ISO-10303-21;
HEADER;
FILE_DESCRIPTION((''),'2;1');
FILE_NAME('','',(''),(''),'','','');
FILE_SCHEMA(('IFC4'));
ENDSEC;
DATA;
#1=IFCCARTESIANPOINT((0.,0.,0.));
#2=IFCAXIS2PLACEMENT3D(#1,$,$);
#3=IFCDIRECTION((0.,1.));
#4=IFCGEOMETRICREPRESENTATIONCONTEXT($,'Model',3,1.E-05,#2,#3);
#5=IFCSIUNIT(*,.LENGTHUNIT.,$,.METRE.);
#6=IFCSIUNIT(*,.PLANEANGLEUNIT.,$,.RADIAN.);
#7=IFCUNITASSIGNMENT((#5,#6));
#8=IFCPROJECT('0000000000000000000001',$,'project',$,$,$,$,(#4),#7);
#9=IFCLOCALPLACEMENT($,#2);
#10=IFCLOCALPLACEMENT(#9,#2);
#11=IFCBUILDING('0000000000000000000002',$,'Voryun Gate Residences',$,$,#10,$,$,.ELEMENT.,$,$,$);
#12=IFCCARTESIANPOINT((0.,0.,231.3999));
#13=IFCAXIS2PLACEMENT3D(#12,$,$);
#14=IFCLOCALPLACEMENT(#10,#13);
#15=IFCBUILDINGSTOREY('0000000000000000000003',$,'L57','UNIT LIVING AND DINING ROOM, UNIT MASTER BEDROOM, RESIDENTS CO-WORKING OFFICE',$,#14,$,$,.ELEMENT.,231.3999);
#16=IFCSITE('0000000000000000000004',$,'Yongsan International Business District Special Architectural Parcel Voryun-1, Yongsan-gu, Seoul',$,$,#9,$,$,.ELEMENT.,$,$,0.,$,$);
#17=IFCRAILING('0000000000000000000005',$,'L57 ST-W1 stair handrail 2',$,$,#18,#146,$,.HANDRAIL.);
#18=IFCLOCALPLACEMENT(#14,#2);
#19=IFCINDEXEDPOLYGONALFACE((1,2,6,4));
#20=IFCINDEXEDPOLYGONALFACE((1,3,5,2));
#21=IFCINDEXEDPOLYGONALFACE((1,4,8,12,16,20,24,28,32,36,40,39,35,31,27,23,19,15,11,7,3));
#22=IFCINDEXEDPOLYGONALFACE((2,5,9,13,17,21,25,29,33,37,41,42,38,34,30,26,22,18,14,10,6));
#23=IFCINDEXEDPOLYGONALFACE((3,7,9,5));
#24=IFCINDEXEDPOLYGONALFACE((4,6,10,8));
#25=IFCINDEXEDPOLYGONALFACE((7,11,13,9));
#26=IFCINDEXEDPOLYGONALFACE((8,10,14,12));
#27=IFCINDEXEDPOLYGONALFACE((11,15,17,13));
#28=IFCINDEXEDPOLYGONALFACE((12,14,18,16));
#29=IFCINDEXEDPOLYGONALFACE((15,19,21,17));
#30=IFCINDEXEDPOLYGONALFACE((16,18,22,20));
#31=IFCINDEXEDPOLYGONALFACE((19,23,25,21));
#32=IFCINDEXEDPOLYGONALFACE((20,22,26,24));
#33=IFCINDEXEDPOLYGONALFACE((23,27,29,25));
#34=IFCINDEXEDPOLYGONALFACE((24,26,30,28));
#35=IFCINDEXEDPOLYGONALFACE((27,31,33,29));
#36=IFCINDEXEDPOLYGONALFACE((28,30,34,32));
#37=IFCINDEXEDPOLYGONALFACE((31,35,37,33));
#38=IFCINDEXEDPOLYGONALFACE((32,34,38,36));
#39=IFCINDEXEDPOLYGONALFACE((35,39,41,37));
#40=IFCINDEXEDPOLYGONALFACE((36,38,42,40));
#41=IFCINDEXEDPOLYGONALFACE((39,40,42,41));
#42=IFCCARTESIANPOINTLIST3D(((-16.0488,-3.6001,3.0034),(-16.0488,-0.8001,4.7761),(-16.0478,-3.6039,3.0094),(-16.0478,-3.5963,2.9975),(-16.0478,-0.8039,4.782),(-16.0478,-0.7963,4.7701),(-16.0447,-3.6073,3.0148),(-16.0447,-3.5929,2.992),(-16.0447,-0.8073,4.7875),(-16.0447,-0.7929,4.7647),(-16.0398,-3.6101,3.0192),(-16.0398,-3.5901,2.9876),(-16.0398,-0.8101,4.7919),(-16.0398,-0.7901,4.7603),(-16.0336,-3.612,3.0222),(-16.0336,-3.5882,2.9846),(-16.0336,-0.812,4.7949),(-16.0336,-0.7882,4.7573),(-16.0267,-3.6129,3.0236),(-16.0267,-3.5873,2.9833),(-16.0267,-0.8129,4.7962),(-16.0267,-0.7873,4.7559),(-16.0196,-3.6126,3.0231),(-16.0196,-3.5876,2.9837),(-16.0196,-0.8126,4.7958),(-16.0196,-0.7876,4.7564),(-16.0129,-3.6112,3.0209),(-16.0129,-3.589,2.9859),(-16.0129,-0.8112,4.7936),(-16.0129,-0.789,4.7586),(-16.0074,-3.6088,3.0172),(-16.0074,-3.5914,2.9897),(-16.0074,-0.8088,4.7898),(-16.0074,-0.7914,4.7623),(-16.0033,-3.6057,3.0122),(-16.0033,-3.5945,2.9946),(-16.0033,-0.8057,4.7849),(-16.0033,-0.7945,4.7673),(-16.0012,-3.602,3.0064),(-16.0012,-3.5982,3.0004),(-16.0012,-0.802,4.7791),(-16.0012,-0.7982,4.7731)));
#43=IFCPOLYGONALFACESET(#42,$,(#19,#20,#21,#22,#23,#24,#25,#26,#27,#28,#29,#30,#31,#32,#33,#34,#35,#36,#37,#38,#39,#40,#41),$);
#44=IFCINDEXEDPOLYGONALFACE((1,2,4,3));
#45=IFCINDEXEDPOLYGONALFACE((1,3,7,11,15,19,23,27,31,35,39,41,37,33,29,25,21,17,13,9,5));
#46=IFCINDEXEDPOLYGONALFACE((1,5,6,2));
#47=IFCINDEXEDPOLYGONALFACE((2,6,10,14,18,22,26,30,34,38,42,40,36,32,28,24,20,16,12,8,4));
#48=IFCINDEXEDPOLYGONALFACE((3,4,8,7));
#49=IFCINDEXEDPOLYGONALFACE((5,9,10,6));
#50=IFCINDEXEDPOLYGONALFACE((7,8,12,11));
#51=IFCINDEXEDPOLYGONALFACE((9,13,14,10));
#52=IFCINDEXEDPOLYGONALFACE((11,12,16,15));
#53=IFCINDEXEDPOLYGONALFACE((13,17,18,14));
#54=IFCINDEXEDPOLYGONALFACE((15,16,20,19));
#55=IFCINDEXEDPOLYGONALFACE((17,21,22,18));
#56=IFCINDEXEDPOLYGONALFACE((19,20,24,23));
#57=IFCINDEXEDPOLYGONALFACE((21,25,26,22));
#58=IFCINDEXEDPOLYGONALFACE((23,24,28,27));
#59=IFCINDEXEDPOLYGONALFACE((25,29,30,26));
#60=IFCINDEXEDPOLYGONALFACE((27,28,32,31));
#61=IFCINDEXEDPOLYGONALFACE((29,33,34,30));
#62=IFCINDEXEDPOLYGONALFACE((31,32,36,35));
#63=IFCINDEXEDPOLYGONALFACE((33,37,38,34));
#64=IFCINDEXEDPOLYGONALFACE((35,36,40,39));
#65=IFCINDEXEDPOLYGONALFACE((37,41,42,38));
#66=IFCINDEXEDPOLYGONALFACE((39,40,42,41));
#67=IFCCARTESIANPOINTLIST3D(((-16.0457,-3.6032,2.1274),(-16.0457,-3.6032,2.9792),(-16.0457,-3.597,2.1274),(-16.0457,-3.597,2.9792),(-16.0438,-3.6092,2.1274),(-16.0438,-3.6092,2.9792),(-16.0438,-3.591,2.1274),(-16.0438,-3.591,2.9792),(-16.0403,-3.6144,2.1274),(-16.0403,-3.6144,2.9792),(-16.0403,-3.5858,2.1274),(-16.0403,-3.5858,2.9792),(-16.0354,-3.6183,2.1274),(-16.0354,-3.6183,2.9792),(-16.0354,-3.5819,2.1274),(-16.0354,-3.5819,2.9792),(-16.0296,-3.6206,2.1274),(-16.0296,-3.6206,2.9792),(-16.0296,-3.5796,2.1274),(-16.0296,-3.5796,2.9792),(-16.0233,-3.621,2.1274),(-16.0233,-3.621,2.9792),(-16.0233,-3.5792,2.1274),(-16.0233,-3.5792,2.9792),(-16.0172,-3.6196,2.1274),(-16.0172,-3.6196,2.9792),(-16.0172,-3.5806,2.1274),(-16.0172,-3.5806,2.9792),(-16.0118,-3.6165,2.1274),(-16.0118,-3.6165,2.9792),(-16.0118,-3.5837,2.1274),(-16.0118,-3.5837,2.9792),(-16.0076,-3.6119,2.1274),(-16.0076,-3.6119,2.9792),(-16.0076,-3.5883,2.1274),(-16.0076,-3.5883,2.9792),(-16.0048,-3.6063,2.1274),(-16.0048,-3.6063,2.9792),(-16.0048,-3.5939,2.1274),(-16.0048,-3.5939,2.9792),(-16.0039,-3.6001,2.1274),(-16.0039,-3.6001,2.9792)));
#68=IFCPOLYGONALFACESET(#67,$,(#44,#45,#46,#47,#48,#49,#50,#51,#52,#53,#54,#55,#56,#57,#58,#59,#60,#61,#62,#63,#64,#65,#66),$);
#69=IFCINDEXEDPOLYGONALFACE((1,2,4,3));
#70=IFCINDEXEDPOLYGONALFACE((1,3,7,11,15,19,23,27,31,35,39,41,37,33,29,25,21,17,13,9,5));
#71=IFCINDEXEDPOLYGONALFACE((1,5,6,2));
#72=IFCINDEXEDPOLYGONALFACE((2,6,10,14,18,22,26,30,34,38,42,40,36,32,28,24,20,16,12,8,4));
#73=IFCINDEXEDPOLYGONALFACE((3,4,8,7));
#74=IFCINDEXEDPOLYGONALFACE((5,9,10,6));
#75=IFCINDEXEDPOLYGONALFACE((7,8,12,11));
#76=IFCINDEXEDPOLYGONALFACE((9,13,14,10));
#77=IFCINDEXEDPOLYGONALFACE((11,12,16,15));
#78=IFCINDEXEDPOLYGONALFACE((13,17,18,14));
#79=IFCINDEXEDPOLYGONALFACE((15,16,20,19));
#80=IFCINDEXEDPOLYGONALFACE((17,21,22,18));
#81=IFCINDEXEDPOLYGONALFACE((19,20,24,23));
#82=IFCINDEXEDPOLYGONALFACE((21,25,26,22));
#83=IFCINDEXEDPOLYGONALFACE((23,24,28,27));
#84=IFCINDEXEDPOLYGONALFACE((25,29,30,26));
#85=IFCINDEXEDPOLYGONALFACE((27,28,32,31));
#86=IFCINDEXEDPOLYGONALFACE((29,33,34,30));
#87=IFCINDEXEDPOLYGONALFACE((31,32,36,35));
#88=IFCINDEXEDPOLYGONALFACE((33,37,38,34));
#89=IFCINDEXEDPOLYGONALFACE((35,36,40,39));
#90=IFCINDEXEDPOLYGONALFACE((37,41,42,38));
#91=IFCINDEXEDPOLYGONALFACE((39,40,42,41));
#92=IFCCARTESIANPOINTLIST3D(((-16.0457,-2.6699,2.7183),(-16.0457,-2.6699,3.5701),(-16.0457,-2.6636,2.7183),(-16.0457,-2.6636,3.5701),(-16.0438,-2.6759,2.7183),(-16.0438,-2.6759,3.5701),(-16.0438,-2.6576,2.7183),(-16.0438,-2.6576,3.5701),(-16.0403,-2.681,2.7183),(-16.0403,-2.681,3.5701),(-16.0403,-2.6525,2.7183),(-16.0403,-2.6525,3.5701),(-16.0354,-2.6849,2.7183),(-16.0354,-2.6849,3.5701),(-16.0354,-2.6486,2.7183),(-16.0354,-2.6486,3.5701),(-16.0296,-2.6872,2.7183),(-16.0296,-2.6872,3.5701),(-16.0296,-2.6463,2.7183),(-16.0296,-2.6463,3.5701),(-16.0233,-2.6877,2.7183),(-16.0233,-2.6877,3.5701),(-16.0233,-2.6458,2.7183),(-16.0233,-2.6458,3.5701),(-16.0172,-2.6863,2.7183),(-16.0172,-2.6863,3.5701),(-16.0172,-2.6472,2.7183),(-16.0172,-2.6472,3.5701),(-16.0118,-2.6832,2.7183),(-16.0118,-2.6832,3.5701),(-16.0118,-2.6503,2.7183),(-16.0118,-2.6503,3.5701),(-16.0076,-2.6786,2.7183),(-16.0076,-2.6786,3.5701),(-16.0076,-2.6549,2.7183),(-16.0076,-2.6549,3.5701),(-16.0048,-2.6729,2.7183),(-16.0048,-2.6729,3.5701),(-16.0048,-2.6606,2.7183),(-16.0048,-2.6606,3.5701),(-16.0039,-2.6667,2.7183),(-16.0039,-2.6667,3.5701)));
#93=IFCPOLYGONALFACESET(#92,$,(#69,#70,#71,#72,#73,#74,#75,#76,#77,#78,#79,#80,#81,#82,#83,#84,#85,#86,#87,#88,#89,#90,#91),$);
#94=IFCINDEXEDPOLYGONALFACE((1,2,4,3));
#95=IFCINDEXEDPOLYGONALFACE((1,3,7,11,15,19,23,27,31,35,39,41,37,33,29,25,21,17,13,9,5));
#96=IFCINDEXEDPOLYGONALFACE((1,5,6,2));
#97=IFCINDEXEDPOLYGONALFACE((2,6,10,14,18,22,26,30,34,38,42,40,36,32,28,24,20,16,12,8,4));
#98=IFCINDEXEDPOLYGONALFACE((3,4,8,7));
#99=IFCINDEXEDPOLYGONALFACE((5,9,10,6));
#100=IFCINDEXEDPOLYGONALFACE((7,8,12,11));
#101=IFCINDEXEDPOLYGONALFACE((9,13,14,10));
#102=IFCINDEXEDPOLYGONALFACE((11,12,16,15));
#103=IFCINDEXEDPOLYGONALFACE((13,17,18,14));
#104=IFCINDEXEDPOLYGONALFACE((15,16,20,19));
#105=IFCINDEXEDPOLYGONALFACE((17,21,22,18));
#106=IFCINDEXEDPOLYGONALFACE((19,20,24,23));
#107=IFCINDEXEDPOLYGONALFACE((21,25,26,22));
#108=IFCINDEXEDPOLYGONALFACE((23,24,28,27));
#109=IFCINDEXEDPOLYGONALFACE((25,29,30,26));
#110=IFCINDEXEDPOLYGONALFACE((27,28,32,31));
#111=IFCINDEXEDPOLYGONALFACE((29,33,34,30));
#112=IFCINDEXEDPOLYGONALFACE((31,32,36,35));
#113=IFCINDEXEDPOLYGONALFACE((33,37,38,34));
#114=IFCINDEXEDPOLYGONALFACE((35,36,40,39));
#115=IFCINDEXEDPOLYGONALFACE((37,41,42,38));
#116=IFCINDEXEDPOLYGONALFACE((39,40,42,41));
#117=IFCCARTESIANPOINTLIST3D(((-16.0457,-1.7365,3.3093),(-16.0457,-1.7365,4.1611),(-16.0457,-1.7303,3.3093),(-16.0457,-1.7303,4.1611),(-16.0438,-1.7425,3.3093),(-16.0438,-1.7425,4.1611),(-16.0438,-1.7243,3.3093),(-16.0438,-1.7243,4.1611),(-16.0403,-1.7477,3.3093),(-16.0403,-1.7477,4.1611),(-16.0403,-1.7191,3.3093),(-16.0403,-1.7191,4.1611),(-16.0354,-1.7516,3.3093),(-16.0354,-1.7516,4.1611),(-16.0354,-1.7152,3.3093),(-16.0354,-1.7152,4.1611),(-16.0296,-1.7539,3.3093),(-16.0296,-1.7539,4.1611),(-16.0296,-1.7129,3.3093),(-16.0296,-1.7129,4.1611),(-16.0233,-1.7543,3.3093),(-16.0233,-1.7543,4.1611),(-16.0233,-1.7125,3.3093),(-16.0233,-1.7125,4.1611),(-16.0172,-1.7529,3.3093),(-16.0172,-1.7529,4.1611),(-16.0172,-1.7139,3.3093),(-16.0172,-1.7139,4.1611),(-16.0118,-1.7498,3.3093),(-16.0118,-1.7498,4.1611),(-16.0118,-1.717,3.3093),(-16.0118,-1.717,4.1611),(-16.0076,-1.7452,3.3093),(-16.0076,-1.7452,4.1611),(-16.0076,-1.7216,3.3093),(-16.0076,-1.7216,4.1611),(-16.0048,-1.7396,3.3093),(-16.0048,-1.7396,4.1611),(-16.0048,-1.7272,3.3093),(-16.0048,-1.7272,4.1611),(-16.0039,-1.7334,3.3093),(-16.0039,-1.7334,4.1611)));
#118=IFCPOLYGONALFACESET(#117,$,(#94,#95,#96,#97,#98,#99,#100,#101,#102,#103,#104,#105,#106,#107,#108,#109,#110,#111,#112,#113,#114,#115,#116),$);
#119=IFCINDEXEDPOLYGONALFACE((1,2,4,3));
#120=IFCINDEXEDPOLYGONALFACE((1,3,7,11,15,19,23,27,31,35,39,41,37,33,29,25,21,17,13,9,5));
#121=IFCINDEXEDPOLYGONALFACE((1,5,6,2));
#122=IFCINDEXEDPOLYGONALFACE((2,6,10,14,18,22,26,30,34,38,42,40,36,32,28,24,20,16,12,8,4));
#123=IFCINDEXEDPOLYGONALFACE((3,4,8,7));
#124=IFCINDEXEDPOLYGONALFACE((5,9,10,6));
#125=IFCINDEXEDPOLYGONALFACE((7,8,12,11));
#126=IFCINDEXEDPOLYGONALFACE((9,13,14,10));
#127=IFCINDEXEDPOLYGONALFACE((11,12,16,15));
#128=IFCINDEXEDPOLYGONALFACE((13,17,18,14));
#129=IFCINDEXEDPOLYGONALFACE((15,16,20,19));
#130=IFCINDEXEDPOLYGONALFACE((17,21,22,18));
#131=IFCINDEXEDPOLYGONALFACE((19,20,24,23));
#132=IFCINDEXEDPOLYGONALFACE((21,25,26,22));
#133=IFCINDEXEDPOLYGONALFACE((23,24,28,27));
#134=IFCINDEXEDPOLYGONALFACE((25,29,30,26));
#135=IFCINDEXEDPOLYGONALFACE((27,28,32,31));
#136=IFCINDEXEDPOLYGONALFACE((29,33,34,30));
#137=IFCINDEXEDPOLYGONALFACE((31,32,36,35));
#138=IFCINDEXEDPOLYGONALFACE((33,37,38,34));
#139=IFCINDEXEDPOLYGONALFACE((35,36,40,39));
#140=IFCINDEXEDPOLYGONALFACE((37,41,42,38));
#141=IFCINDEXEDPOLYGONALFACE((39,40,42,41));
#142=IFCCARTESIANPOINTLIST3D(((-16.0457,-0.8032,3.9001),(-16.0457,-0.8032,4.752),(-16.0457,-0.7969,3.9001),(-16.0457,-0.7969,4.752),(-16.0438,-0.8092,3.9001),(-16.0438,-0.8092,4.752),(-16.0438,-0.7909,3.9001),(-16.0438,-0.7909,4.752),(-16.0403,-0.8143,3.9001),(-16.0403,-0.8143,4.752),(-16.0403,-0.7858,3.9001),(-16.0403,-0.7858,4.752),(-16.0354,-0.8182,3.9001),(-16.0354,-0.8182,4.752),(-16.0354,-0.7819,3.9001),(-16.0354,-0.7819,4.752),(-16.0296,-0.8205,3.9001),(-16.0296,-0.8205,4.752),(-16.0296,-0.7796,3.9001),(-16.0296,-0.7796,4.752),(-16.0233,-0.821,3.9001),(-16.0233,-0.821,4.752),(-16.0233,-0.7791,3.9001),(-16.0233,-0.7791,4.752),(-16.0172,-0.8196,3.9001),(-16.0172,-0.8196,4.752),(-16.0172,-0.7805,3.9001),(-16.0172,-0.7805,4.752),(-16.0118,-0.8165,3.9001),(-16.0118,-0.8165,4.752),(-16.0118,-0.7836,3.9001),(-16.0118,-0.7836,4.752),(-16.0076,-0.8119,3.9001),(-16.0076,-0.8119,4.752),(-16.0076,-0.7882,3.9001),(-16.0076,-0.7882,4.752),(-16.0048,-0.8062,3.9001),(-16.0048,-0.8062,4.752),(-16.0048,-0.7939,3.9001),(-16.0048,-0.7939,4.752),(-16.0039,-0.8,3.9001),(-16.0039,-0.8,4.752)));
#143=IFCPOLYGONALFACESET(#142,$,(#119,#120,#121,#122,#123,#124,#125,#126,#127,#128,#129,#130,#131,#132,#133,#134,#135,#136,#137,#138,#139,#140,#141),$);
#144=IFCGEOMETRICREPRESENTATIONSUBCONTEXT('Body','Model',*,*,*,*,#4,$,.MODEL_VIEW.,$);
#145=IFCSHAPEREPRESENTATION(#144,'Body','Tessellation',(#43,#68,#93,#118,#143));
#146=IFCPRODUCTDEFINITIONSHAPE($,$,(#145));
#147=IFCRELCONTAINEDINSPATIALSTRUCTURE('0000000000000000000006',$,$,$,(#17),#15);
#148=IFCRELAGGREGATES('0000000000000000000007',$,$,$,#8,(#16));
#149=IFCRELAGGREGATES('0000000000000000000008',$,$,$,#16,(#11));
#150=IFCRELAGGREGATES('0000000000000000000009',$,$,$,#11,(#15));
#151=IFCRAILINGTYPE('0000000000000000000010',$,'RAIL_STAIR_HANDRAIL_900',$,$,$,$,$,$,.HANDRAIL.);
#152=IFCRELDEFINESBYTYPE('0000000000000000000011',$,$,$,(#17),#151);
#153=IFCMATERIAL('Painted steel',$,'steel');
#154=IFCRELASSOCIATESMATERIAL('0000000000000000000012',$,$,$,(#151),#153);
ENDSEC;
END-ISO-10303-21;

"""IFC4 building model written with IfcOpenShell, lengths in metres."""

from ifc_helpers import new_model, si_unit, direction, frame, origin, origin_2d, place, context, subcontext, project, spatial, circle, extrude, material, type_object, element, save


model = new_model("IFC4")

# Units and contexts
model_context = context("Model", 3, precision=1e-05, world=origin(), true_north=direction((0.0, 1.0)))
body_context = subcontext(model_context, "Body", "Model", "MODEL_VIEW")
ifc_project = project(units=[si_unit("LENGTHUNIT", "METRE"), si_unit("PLANEANGLEUNIT", "RADIAN")], contexts=[model_context])

# Site, building, storey
site_placement = place(None, origin())
site = spatial("IfcSite", under=ifc_project, at=site_placement, Name="Yongsan International Business District Special Architectural Parcel Voryun-1, Yongsan-gu, Seoul", CompositionType="ELEMENT", RefElevation=0.0)
building_placement = place(site_placement, origin())
building = spatial("IfcBuilding", under=site, at=building_placement, Name="Voryun Gate Residences", CompositionType="ELEMENT")
storey_placement = place(building_placement, frame((0.0, 0.0, 231.3999)))
storey = spatial("IfcBuildingStorey", under=building, at=storey_placement, Name="L57", Description="UNIT LIVING AND DINING ROOM, UNIT MASTER BEDROOM, RESIDENTS CO-WORKING OFFICE", CompositionType="ELEMENT", Elevation=231.3999)

# Railing
ifc_material_1 = material(Name="Painted steel", Category="steel")
railing_type_1 = type_object("IfcRailingType", Name="RAIL_STAIR_HANDRAIL_900", PredefinedType="HANDRAIL", material=ifc_material_1)
railing_1_placement = place(storey_placement, frame((-16.0249, -3.6001, 2.1274)))
element("IfcRailing", 1, at=railing_1_placement, inside=storey, type_object=railing_type_1, Name="L57 ST-W1 stair handrail 2", PredefinedType="HANDRAIL", context=body_context, shape_type="SweptSolid", body=[
    extrude(circle(Radius=0.0239, at=origin_2d()), frame((0.0, 0.0, 0.876), z_axis=(0.0, 0.844909, 0.53491), x_axis=(-1.0, 0.0, 0.0)), (0.0, 0.0, 1.0), 3.314),
    extrude(circle(Radius=0.021, at=origin_2d()), origin(), (0.0, 0.0, 1.0), 0.8518),
    extrude(circle(Radius=0.021, at=origin_2d()), frame((0.0, 0.9333, 0.5908)), (0.0, 0.0, 1.0), 0.8518),
    extrude(circle(Radius=0.021, at=origin_2d()), frame((0.0, 1.8667, 1.1819)), (0.0, 0.0, 1.0), 0.8518),
    extrude(circle(Radius=0.021, at=origin_2d()), frame((0.0, 2.8, 1.7727)), (0.0, 0.0, 1.0), 0.8518),
])

save(model, "model.ifc")
